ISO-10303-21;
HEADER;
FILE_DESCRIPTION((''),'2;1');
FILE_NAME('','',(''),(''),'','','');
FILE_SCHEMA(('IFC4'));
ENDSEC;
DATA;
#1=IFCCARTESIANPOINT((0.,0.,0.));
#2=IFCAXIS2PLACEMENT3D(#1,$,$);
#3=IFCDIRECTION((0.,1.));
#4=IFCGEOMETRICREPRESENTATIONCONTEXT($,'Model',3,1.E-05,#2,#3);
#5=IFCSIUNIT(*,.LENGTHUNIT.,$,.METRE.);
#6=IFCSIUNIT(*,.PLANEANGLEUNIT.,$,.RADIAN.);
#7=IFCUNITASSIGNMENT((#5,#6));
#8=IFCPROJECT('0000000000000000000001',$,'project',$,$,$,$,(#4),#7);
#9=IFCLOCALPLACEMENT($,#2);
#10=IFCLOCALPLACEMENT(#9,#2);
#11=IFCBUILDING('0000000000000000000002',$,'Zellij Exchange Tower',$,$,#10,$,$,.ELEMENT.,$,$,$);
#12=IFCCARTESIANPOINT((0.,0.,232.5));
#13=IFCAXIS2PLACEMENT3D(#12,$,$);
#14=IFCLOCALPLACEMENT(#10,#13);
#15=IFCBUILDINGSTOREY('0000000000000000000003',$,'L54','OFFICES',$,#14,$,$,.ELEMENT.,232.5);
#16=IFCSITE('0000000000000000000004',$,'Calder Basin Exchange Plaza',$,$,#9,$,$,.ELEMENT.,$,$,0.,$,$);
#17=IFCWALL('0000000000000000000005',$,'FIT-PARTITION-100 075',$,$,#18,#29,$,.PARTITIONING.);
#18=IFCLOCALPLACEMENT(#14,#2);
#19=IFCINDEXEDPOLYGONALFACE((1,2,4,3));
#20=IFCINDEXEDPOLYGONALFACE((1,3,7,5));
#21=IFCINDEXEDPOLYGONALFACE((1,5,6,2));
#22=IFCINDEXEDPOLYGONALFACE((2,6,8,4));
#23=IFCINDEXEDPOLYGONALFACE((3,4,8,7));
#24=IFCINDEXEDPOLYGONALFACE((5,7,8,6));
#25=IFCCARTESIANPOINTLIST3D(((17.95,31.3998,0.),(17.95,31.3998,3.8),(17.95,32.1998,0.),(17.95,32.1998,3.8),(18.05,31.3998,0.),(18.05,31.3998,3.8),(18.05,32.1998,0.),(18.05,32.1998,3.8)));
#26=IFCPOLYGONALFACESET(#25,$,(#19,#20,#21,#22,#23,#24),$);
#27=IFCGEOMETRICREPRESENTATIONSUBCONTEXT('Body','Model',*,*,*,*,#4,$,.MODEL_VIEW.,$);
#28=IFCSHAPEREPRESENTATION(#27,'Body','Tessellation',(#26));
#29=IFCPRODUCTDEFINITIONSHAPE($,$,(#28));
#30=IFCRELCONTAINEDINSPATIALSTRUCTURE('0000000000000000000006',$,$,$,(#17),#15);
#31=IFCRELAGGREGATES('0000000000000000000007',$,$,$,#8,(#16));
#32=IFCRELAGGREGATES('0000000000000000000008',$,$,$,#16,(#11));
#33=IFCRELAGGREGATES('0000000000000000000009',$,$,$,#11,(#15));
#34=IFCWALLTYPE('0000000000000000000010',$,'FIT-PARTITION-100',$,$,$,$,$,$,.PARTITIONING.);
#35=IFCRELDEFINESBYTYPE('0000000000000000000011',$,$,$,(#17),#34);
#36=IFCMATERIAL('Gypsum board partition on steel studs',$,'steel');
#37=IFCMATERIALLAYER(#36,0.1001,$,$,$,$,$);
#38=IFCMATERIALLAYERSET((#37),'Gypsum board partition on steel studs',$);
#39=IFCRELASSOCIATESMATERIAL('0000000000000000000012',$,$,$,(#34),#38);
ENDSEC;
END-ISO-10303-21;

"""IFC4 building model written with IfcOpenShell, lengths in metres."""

from ifc_helpers import new_model, si_unit, direction, frame, frame_2d, origin, place, context, subcontext, project, spatial, rectangle, extrude, material, layer, layer_set, type_object, element, save


model = new_model("IFC4")

# Units and contexts
model_context = context("Model", 3, precision=1e-05, world=origin(), true_north=direction((0.0, 1.0)))
body_context = subcontext(model_context, "Body", "Model", "MODEL_VIEW")
ifc_project = project(units=[si_unit("LENGTHUNIT", "METRE"), si_unit("PLANEANGLEUNIT", "RADIAN")], contexts=[model_context])

# Site, building, storey
site_placement = place(None, origin())
site = spatial("IfcSite", under=ifc_project, at=site_placement, Name="Calder Basin Exchange Plaza", CompositionType="ELEMENT", RefElevation=0.0)
building_placement = place(site_placement, origin())
building = spatial("IfcBuilding", under=site, at=building_placement, Name="Zellij Exchange Tower", CompositionType="ELEMENT")
storey_placement = place(building_placement, frame((0.0, 0.0, 232.5)))
storey = spatial("IfcBuildingStorey", under=building, at=storey_placement, Name="L54", Description="OFFICES", CompositionType="ELEMENT", Elevation=232.5)

# Wall
ifc_material_1 = material(Name="Gypsum board partition on steel studs", Category="steel")
ifc_layer = layer(ifc_material_1, 0.1001)
ifc_layer_set = layer_set([ifc_layer], Name="Gypsum board partition on steel studs")
wall_type = type_object("IfcWallType", Name="FIT-PARTITION-100", PredefinedType="PARTITIONING", material=ifc_layer_set)
wall_1_placement = place(storey_placement, frame((18.0, 31.3999, 0.0), z_axis=(0.0, 0.0, 1.0), x_axis=(0.0, 1.0, 0.0)))
element("IfcWall", 1, at=wall_1_placement, inside=storey, type_object=wall_type, Name="FIT-PARTITION-100 075", PredefinedType="PARTITIONING", context=body_context, shape_type="SweptSolid", body=[
    extrude(rectangle(XDim=0.8, YDim=0.1001, at=frame_2d((0.3999, 0.0))), origin(), (0.0, 0.0, 1.0), 3.8),
])

save(model, "model.ifc")
